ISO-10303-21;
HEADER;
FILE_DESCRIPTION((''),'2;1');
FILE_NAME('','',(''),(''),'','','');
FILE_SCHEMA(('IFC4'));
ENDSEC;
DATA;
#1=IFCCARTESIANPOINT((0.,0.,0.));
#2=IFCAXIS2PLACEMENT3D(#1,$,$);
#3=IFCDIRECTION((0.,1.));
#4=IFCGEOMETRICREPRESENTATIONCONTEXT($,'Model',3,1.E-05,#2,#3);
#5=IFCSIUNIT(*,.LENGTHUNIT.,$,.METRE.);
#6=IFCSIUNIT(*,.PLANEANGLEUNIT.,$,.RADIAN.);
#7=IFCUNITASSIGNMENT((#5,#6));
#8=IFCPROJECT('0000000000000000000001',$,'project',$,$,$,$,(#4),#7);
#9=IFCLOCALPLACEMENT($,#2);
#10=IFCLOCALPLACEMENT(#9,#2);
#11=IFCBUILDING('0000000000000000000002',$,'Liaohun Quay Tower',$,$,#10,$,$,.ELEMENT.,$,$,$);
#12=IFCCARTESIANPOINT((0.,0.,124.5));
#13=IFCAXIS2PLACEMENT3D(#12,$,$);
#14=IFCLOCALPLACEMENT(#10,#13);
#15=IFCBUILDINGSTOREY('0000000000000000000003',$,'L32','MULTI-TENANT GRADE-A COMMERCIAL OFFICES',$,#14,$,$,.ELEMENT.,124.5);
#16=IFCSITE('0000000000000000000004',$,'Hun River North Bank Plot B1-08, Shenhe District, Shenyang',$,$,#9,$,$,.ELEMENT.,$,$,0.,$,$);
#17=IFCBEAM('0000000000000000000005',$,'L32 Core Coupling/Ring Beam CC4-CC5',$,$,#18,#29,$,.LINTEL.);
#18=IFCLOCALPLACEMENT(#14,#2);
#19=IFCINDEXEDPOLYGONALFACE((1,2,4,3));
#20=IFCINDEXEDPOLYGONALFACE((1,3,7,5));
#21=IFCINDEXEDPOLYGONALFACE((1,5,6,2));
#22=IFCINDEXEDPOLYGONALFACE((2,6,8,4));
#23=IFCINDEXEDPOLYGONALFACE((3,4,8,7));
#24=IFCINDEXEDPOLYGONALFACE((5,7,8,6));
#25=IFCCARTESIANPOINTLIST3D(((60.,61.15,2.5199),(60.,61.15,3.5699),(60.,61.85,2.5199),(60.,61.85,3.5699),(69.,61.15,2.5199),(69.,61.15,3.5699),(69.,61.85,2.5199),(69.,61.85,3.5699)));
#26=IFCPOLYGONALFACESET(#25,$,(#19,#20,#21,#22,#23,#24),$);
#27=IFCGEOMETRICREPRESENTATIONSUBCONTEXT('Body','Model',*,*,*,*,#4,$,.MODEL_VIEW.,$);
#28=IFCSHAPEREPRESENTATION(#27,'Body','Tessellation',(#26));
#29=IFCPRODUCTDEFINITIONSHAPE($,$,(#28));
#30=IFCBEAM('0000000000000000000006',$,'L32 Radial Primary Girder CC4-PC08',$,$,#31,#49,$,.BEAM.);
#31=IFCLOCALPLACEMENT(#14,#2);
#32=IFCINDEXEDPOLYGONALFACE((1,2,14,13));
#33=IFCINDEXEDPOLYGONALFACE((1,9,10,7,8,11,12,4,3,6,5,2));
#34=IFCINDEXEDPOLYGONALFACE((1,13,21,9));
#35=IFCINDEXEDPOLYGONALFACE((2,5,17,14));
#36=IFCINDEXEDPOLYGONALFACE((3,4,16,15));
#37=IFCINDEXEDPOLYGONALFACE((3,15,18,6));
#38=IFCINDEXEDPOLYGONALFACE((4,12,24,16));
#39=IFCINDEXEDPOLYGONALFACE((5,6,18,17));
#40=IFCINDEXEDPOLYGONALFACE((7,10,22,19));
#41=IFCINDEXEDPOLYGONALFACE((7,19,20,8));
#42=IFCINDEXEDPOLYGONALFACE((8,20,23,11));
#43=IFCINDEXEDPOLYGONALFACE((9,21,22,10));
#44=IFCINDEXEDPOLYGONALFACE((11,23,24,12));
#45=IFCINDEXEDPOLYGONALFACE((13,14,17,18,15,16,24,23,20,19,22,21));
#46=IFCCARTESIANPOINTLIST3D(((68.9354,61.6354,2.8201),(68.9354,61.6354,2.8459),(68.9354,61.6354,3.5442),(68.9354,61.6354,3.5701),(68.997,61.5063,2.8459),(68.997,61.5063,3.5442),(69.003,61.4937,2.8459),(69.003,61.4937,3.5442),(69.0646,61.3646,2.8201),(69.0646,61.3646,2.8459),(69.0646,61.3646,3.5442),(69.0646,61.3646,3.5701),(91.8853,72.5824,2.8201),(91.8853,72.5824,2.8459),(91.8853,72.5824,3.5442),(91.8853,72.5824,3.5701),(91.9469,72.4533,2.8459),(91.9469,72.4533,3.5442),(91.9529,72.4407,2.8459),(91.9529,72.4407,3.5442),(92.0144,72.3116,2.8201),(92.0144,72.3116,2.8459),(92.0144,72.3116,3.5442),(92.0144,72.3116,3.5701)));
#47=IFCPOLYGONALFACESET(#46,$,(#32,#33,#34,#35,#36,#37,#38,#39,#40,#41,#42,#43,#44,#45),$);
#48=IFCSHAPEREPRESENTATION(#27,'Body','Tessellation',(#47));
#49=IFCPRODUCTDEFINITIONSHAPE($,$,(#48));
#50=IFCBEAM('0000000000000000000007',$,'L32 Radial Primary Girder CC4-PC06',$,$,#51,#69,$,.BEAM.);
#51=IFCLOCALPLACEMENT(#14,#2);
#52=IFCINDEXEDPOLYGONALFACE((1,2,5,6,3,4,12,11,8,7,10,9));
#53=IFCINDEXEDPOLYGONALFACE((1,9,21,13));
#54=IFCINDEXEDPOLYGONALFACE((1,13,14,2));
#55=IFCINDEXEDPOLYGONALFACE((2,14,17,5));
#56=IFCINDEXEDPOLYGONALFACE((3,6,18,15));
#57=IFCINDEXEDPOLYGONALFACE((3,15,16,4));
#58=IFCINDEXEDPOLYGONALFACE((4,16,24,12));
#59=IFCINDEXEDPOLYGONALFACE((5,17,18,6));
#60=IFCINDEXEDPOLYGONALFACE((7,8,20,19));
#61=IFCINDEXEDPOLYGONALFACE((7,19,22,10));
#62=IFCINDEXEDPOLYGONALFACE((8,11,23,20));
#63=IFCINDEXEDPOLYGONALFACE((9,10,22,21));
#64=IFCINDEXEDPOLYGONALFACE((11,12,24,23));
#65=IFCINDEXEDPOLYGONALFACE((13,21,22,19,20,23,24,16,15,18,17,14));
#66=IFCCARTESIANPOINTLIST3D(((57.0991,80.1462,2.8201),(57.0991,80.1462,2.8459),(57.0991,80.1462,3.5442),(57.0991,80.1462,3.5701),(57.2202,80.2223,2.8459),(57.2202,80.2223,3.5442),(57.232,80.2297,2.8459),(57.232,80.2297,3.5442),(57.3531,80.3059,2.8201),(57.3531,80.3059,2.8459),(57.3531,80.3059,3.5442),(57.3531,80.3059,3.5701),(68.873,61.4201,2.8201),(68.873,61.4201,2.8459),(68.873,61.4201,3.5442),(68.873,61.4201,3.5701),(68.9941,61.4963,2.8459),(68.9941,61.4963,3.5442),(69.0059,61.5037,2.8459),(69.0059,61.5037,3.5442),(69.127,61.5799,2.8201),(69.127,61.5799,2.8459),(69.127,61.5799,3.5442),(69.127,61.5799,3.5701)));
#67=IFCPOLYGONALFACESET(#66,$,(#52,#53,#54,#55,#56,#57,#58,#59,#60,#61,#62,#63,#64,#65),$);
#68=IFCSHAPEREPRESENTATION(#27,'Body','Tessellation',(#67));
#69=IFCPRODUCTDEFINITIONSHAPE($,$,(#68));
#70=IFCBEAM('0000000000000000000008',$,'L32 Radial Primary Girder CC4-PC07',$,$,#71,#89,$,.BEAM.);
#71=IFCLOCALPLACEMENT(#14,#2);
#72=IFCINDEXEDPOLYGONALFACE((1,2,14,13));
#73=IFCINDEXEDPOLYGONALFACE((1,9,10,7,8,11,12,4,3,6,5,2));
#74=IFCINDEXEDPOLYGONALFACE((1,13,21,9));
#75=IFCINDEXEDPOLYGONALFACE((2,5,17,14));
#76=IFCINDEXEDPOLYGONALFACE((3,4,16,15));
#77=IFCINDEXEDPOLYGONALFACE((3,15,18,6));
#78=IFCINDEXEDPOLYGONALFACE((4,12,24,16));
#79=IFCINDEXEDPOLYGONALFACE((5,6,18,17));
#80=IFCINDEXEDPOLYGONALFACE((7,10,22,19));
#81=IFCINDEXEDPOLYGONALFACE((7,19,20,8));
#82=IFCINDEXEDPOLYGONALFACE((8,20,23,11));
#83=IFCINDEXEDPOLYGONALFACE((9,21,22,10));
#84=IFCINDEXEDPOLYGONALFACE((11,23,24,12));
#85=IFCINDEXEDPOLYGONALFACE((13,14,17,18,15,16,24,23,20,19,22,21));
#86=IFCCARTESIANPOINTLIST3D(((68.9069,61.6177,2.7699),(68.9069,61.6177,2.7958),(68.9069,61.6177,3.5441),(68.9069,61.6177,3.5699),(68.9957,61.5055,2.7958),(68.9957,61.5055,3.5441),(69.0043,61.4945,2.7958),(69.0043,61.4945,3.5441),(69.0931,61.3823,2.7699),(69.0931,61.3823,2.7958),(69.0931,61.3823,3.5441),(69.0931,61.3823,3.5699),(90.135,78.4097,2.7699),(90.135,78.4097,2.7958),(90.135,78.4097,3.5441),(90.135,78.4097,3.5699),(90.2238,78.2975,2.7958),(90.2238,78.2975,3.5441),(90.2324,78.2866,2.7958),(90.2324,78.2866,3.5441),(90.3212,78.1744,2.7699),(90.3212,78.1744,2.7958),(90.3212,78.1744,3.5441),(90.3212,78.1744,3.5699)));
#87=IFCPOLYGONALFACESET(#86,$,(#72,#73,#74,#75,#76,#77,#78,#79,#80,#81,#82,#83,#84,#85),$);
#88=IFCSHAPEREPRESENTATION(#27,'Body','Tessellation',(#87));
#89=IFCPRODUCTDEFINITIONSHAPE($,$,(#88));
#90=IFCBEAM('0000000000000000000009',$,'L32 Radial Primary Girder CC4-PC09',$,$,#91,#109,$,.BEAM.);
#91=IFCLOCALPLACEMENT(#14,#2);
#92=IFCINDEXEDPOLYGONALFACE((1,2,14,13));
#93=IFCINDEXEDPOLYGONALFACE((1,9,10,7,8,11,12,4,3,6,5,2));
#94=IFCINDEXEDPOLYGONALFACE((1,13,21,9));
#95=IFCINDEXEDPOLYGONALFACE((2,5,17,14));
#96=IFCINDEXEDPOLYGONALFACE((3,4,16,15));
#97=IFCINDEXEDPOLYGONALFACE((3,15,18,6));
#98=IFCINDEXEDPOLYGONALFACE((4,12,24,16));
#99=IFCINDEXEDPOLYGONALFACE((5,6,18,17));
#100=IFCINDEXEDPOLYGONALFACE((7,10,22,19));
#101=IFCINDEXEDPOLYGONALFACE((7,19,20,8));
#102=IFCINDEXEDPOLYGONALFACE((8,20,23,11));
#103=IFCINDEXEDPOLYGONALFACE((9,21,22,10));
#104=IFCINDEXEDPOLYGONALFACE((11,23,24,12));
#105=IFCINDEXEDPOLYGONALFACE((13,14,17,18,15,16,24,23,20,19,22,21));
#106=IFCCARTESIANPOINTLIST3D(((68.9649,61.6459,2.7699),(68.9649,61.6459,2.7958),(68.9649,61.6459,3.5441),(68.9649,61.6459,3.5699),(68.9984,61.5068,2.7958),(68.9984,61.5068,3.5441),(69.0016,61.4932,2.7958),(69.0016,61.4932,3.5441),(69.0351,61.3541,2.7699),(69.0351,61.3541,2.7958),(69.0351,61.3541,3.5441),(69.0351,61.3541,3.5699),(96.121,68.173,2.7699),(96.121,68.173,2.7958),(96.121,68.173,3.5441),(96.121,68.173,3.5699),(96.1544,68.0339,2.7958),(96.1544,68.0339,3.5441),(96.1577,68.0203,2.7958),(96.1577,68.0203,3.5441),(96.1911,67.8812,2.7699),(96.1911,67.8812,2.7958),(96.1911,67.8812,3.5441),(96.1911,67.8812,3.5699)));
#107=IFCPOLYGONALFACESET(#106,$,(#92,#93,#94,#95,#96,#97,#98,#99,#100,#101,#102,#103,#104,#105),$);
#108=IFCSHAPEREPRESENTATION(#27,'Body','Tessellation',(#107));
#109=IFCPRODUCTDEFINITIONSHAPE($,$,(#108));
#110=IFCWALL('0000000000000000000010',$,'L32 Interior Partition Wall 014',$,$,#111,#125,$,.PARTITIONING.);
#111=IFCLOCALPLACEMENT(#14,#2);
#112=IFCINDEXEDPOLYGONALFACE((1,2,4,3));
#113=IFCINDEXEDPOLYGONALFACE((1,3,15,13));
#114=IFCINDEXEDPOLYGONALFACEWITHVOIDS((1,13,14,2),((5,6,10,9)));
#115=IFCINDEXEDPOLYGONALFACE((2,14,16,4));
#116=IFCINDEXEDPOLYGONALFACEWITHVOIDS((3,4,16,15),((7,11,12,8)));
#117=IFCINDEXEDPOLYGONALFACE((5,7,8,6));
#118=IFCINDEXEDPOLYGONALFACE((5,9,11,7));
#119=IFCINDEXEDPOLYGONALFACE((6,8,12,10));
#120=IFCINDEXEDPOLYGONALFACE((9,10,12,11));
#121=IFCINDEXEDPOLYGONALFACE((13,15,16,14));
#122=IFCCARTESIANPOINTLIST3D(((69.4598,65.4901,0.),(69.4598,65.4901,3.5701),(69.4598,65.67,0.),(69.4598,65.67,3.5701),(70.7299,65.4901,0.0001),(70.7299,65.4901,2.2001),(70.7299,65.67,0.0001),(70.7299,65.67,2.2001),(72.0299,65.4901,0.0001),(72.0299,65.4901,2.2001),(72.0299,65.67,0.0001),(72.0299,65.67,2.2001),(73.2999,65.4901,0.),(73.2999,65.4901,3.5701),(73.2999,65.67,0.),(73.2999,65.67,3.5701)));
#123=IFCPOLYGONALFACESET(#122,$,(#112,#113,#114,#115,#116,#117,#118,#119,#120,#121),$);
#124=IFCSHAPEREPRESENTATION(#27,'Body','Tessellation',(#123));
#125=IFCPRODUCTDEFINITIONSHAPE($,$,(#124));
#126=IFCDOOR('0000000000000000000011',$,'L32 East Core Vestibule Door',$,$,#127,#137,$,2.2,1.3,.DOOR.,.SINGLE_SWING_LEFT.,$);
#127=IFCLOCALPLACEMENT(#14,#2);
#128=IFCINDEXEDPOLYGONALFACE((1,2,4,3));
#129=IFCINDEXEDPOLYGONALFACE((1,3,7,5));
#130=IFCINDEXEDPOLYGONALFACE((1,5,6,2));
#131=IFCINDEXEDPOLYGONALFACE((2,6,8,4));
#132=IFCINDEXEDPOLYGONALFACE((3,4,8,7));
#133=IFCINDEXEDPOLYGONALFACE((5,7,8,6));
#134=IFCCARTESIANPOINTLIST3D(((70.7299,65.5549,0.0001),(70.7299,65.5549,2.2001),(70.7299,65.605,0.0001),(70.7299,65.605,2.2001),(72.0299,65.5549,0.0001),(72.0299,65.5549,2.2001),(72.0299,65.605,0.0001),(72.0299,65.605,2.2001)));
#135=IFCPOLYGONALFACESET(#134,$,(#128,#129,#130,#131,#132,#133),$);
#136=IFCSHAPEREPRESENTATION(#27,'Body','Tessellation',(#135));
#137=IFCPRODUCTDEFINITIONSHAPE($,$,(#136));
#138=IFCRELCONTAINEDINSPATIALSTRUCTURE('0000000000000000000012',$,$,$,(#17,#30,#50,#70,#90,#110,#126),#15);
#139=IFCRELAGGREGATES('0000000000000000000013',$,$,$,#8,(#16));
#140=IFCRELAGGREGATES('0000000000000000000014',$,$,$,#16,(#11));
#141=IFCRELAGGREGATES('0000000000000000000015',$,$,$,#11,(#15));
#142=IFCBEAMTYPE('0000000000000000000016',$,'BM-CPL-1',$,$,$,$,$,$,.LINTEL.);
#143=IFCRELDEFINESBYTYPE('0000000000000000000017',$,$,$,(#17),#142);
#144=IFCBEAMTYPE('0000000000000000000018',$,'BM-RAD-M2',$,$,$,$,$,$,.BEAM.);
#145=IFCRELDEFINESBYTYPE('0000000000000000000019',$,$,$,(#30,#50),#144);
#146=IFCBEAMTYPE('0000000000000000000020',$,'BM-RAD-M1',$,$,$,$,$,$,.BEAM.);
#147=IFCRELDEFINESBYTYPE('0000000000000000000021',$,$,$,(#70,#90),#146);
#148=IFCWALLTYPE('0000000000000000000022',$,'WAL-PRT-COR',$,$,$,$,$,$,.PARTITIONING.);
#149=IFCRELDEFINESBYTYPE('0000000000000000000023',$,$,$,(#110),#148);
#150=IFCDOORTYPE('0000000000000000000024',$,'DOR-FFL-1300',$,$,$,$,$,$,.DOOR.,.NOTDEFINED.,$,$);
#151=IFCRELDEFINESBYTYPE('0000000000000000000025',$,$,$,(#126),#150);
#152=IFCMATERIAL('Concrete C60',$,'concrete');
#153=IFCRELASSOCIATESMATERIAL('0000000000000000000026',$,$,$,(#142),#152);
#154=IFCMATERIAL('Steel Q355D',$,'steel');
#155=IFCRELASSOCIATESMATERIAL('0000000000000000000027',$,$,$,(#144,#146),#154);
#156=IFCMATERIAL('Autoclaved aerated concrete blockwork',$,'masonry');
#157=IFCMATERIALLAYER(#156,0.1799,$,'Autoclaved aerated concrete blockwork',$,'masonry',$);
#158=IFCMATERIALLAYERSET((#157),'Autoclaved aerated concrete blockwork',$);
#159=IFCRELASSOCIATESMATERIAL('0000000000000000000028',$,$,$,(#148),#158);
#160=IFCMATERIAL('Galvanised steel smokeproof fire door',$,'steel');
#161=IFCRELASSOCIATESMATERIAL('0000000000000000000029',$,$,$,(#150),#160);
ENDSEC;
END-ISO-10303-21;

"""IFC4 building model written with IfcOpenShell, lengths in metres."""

from ifc_helpers import new_model, si_unit, direction, frame, frame_2d, origin, origin_2d, place, context, subcontext, project, spatial, rectangle, i_section, extrude, source, transform, mapped, material, layer, layer_set, material_profile, profile_set, type_object, element, fill, save


model = new_model("IFC4")

# Units and contexts
model_context = context("Model", 3, precision=1e-05, world=origin(), true_north=direction((0.0, 1.0)))
body_context = subcontext(model_context, "Body", "Model", "MODEL_VIEW")
ifc_project = project(units=[si_unit("LENGTHUNIT", "METRE"), si_unit("PLANEANGLEUNIT", "RADIAN")], contexts=[model_context])

# Site, building, storey
site_placement = place(None, origin())
site = spatial("IfcSite", under=ifc_project, at=site_placement, Name="Hun River North Bank Plot B1-08, Shenhe District, Shenyang", CompositionType="ELEMENT", RefElevation=0.0)
building_placement = place(site_placement, origin())
building = spatial("IfcBuilding", under=site, at=building_placement, Name="Liaohun Quay Tower", CompositionType="ELEMENT")
storey_placement = place(building_placement, frame((0.0, 0.0, 124.5)))
storey = spatial("IfcBuildingStorey", under=building, at=storey_placement, Name="L32", Description="MULTI-TENANT GRADE-A COMMERCIAL OFFICES", CompositionType="ELEMENT", Elevation=124.5)

# Beams
ifc_material_1 = material(Name="Concrete C60", Category="concrete")
ifc_material_profile_1 = material_profile(ifc_material_1, rectangle(XDim=0.7, YDim=1.05, at=origin_2d()), Name="RC700x1050")
ifc_profile_set_1 = profile_set([ifc_material_profile_1], Name="Concrete C60")
beam_type_1 = type_object("IfcBeamType", Name="BM-CPL-1", PredefinedType="LINTEL", material=ifc_profile_set_1)
shared_shape_1 = source(origin(), body_context, "Body", "SweptSolid", [
    extrude(rectangle(XDim=0.7, YDim=1.05, at=origin_2d()), origin(), (0.0, 0.0, 1.0), 9.0),
])
beam_1_placement = place(storey_placement, frame((69.0, 61.5, 3.0449), z_axis=(-1.0, 0.0, 0.0), x_axis=(0.0, -1.0, 0.0)))
element("IfcBeam", 1, at=beam_1_placement, inside=storey, type_object=beam_type_1, Name="L32 Core Coupling/Ring Beam CC4-CC5", PredefinedType="LINTEL", context=body_context, shape_type="MappedRepresentation", body=[
    mapped(shared_shape_1, transform((0.0, 0.0, 0.0), x_axis=(1.0, 0.0, 0.0), y_axis=(0.0, 1.0, 0.0), z_axis=(0.0, 0.0, 1.0), scale=1.0)),
])
ifc_material_2 = material(Name="Steel Q355D", Category="steel")
ifc_material_profile_2 = material_profile(ifc_material_2, i_section(OverallWidth=0.3, OverallDepth=0.75, WebThickness=0.0139, FlangeThickness=0.0259, at=origin_2d()), Name="HN750x300x14x26")
ifc_profile_set_2 = profile_set([ifc_material_profile_2], Name="Steel Q355D")
beam_type_2 = type_object("IfcBeamType", Name="BM-RAD-M2", PredefinedType="BEAM", material=ifc_profile_set_2)
shared_shape_2 = source(origin(), body_context, "Body", "SweptSolid", [
    extrude(i_section(OverallWidth=0.3, OverallDepth=0.75, WebThickness=0.0139, FlangeThickness=0.0259, at=origin_2d()), origin(), (0.0, 0.0, 1.0), 25.427),
])
beam_2_placement = place(storey_placement, frame((69.0, 61.5, 3.1951), z_axis=(0.902578, 0.430526, 0.0), x_axis=(-0.430526, 0.902578, 0.0)))
element("IfcBeam", 2, at=beam_2_placement, inside=storey, type_object=beam_type_2, Name="L32 Radial Primary Girder CC4-PC08", PredefinedType="BEAM", context=body_context, shape_type="MappedRepresentation", body=[
    mapped(shared_shape_2, transform((0.0, 0.0, 0.0), x_axis=(1.0, 0.0, 0.0), y_axis=(0.0, 1.0, 0.0), z_axis=(0.0, 0.0, 1.0), scale=1.0)),
])
shared_shape_3 = source(origin(), body_context, "Body", "SweptSolid", [
    extrude(i_section(OverallWidth=0.3, OverallDepth=0.75, WebThickness=0.0139, FlangeThickness=0.0259, at=origin_2d()), origin(), (0.0, 0.0, 1.0), 22.1199),
])
beam_3_placement = place(storey_placement, frame((69.0, 61.5, 3.1951), z_axis=(-0.532277, 0.84657, 0.0), x_axis=(-0.84657, -0.532277, 0.0)))
element("IfcBeam", 3, at=beam_3_placement, inside=storey, type_object=beam_type_2, Name="L32 Radial Primary Girder CC4-PC06", PredefinedType="BEAM", context=body_context, shape_type="MappedRepresentation", body=[
    mapped(shared_shape_3, transform((0.0, 0.0, 0.0), x_axis=(1.0, 0.0, 0.0), y_axis=(0.0, 1.0, 0.0), z_axis=(0.0, 0.0, 1.0), scale=1.0)),
])
ifc_material_profile_3 = material_profile(ifc_material_2, i_section(OverallWidth=0.3, OverallDepth=0.8, WebThickness=0.0139, FlangeThickness=0.0259, at=origin_2d()), Name="HN800x300x14x26")
ifc_profile_set_3 = profile_set([ifc_material_profile_3], Name="Steel Q355D")
beam_type_3 = type_object("IfcBeamType", Name="BM-RAD-M1", PredefinedType="BEAM", material=ifc_profile_set_3)
shared_shape_4 = source(origin(), body_context, "Body", "SweptSolid", [
    extrude(i_section(OverallWidth=0.3, OverallDepth=0.8, WebThickness=0.0139, FlangeThickness=0.0259, at=origin_2d()), origin(), (0.0, 0.0, 1.0), 27.0667),
])
beam_4_placement = place(storey_placement, frame((69.0, 61.5, 3.1699), z_axis=(0.784289, 0.620396, 0.0), x_axis=(-0.620396, 0.784289, 0.0)))
element("IfcBeam", 4, at=beam_4_placement, inside=storey, type_object=beam_type_3, Name="L32 Radial Primary Girder CC4-PC07", PredefinedType="BEAM", context=body_context, shape_type="MappedRepresentation", body=[
    mapped(shared_shape_4, transform((0.0, 0.0, 0.0), x_axis=(1.0, 0.0, 0.0), y_axis=(0.0, 1.0, 0.0), z_axis=(0.0, 0.0, 1.0), scale=1.0)),
])
shared_shape_5 = source(origin(), body_context, "Body", "SweptSolid", [
    extrude(i_section(OverallWidth=0.3, OverallDepth=0.8, WebThickness=0.0139, FlangeThickness=0.0259, at=origin_2d()), origin(), (0.0, 0.0, 1.0), 27.9294),
])
beam_5_placement = place(storey_placement, frame((69.0, 61.5, 3.1699), z_axis=(0.972309, 0.2337, 0.0), x_axis=(-0.2337, 0.972309, 0.0)))
element("IfcBeam", 5, at=beam_5_placement, inside=storey, type_object=beam_type_3, Name="L32 Radial Primary Girder CC4-PC09", PredefinedType="BEAM", context=body_context, shape_type="MappedRepresentation", body=[
    mapped(shared_shape_5, transform((0.0, 0.0, 0.0), x_axis=(1.0, 0.0, 0.0), y_axis=(0.0, 1.0, 0.0), z_axis=(0.0, 0.0, 1.0), scale=1.0)),
])

# Wall, opening, door
ifc_material_3 = material(Name="Autoclaved aerated concrete blockwork", Category="masonry")
ifc_layer_1 = layer(ifc_material_3, 0.1799, Name="Autoclaved aerated concrete blockwork", Category="masonry")
ifc_layer_set_1 = layer_set([ifc_layer_1], Name="Autoclaved aerated concrete blockwork")
wall_type_1 = type_object("IfcWallType", Name="WAL-PRT-COR", PredefinedType="PARTITIONING", material=ifc_layer_set_1)
wall_1_placement = place(storey_placement, frame((69.46, 65.5801, 0.0), z_axis=(0.0, 0.0, 1.0), x_axis=(1.0, 0.0, 0.0)))
wall_1 = element("IfcWall", 6, at=wall_1_placement, inside=storey, type_object=wall_type_1, Name="L32 Interior Partition Wall 014", PredefinedType="PARTITIONING", context=body_context, shape_type="SweptSolid", body=[
    extrude(rectangle(XDim=3.8401, YDim=0.1799, at=frame_2d((1.9199, 0.0))), origin(), (0.0, 0.0, 1.0), 3.5701),
])
shared_shape_6 = source(origin(), body_context, "Body", "SweptSolid", [
    extrude(rectangle(XDim=1.3, YDim=2.2, at=frame_2d((0.6499, 1.1001))), frame((0.0, 0.0999, 0.0), z_axis=(0.0, -1.0, 0.0), x_axis=(1.0, 0.0, 0.0)), (0.0, 0.0, 1.0), 0.2),
])
opening_1_placement = place(wall_1_placement, frame((1.27, 0.0, 0.0)))
opening_1 = element("IfcOpeningElement", 7, at=opening_1_placement, cuts=wall_1, PredefinedType="OPENING", context=body_context, shape_type="MappedRepresentation", body=[
    mapped(shared_shape_6, transform((0.0, 0.0, 0.0), x_axis=(1.0, 0.0, 0.0), y_axis=(0.0, 1.0, 0.0), z_axis=(0.0, 0.0, 1.0), scale=1.0)),
])
ifc_material_4 = material(Name="Galvanised steel smokeproof fire door", Category="steel")
door_type_1 = type_object("IfcDoorType", Name="DOR-FFL-1300", OperationType="NOTDEFINED", PredefinedType="DOOR", material=ifc_material_4)
shared_shape_7 = source(origin(), body_context, "Body", "SweptSolid", [
    extrude(rectangle(XDim=1.3, YDim=2.2, at=frame_2d((0.6499, 1.1001))), frame((0.0, 0.0249, 0.0), z_axis=(0.0, -1.0, 0.0), x_axis=(1.0, 0.0, 0.0)), (0.0, 0.0, 1.0), 0.05),
])
door_1_placement = place(opening_1_placement, origin())
door_1 = element("IfcDoor", 8, at=door_1_placement, inside=storey, type_object=door_type_1, Name="L32 East Core Vestibule Door", OperationType="SINGLE_SWING_LEFT", OverallHeight=2.2, OverallWidth=1.3, PredefinedType="DOOR", context=body_context, shape_type="MappedRepresentation", body=[
    mapped(shared_shape_7, transform((0.0, 0.0, 0.0), x_axis=(1.0, 0.0, 0.0), y_axis=(0.0, 1.0, 0.0), z_axis=(0.0, 0.0, 1.0), scale=1.0)),
])
fill(opening_1, door_1)

save(model, "model.ifc")
